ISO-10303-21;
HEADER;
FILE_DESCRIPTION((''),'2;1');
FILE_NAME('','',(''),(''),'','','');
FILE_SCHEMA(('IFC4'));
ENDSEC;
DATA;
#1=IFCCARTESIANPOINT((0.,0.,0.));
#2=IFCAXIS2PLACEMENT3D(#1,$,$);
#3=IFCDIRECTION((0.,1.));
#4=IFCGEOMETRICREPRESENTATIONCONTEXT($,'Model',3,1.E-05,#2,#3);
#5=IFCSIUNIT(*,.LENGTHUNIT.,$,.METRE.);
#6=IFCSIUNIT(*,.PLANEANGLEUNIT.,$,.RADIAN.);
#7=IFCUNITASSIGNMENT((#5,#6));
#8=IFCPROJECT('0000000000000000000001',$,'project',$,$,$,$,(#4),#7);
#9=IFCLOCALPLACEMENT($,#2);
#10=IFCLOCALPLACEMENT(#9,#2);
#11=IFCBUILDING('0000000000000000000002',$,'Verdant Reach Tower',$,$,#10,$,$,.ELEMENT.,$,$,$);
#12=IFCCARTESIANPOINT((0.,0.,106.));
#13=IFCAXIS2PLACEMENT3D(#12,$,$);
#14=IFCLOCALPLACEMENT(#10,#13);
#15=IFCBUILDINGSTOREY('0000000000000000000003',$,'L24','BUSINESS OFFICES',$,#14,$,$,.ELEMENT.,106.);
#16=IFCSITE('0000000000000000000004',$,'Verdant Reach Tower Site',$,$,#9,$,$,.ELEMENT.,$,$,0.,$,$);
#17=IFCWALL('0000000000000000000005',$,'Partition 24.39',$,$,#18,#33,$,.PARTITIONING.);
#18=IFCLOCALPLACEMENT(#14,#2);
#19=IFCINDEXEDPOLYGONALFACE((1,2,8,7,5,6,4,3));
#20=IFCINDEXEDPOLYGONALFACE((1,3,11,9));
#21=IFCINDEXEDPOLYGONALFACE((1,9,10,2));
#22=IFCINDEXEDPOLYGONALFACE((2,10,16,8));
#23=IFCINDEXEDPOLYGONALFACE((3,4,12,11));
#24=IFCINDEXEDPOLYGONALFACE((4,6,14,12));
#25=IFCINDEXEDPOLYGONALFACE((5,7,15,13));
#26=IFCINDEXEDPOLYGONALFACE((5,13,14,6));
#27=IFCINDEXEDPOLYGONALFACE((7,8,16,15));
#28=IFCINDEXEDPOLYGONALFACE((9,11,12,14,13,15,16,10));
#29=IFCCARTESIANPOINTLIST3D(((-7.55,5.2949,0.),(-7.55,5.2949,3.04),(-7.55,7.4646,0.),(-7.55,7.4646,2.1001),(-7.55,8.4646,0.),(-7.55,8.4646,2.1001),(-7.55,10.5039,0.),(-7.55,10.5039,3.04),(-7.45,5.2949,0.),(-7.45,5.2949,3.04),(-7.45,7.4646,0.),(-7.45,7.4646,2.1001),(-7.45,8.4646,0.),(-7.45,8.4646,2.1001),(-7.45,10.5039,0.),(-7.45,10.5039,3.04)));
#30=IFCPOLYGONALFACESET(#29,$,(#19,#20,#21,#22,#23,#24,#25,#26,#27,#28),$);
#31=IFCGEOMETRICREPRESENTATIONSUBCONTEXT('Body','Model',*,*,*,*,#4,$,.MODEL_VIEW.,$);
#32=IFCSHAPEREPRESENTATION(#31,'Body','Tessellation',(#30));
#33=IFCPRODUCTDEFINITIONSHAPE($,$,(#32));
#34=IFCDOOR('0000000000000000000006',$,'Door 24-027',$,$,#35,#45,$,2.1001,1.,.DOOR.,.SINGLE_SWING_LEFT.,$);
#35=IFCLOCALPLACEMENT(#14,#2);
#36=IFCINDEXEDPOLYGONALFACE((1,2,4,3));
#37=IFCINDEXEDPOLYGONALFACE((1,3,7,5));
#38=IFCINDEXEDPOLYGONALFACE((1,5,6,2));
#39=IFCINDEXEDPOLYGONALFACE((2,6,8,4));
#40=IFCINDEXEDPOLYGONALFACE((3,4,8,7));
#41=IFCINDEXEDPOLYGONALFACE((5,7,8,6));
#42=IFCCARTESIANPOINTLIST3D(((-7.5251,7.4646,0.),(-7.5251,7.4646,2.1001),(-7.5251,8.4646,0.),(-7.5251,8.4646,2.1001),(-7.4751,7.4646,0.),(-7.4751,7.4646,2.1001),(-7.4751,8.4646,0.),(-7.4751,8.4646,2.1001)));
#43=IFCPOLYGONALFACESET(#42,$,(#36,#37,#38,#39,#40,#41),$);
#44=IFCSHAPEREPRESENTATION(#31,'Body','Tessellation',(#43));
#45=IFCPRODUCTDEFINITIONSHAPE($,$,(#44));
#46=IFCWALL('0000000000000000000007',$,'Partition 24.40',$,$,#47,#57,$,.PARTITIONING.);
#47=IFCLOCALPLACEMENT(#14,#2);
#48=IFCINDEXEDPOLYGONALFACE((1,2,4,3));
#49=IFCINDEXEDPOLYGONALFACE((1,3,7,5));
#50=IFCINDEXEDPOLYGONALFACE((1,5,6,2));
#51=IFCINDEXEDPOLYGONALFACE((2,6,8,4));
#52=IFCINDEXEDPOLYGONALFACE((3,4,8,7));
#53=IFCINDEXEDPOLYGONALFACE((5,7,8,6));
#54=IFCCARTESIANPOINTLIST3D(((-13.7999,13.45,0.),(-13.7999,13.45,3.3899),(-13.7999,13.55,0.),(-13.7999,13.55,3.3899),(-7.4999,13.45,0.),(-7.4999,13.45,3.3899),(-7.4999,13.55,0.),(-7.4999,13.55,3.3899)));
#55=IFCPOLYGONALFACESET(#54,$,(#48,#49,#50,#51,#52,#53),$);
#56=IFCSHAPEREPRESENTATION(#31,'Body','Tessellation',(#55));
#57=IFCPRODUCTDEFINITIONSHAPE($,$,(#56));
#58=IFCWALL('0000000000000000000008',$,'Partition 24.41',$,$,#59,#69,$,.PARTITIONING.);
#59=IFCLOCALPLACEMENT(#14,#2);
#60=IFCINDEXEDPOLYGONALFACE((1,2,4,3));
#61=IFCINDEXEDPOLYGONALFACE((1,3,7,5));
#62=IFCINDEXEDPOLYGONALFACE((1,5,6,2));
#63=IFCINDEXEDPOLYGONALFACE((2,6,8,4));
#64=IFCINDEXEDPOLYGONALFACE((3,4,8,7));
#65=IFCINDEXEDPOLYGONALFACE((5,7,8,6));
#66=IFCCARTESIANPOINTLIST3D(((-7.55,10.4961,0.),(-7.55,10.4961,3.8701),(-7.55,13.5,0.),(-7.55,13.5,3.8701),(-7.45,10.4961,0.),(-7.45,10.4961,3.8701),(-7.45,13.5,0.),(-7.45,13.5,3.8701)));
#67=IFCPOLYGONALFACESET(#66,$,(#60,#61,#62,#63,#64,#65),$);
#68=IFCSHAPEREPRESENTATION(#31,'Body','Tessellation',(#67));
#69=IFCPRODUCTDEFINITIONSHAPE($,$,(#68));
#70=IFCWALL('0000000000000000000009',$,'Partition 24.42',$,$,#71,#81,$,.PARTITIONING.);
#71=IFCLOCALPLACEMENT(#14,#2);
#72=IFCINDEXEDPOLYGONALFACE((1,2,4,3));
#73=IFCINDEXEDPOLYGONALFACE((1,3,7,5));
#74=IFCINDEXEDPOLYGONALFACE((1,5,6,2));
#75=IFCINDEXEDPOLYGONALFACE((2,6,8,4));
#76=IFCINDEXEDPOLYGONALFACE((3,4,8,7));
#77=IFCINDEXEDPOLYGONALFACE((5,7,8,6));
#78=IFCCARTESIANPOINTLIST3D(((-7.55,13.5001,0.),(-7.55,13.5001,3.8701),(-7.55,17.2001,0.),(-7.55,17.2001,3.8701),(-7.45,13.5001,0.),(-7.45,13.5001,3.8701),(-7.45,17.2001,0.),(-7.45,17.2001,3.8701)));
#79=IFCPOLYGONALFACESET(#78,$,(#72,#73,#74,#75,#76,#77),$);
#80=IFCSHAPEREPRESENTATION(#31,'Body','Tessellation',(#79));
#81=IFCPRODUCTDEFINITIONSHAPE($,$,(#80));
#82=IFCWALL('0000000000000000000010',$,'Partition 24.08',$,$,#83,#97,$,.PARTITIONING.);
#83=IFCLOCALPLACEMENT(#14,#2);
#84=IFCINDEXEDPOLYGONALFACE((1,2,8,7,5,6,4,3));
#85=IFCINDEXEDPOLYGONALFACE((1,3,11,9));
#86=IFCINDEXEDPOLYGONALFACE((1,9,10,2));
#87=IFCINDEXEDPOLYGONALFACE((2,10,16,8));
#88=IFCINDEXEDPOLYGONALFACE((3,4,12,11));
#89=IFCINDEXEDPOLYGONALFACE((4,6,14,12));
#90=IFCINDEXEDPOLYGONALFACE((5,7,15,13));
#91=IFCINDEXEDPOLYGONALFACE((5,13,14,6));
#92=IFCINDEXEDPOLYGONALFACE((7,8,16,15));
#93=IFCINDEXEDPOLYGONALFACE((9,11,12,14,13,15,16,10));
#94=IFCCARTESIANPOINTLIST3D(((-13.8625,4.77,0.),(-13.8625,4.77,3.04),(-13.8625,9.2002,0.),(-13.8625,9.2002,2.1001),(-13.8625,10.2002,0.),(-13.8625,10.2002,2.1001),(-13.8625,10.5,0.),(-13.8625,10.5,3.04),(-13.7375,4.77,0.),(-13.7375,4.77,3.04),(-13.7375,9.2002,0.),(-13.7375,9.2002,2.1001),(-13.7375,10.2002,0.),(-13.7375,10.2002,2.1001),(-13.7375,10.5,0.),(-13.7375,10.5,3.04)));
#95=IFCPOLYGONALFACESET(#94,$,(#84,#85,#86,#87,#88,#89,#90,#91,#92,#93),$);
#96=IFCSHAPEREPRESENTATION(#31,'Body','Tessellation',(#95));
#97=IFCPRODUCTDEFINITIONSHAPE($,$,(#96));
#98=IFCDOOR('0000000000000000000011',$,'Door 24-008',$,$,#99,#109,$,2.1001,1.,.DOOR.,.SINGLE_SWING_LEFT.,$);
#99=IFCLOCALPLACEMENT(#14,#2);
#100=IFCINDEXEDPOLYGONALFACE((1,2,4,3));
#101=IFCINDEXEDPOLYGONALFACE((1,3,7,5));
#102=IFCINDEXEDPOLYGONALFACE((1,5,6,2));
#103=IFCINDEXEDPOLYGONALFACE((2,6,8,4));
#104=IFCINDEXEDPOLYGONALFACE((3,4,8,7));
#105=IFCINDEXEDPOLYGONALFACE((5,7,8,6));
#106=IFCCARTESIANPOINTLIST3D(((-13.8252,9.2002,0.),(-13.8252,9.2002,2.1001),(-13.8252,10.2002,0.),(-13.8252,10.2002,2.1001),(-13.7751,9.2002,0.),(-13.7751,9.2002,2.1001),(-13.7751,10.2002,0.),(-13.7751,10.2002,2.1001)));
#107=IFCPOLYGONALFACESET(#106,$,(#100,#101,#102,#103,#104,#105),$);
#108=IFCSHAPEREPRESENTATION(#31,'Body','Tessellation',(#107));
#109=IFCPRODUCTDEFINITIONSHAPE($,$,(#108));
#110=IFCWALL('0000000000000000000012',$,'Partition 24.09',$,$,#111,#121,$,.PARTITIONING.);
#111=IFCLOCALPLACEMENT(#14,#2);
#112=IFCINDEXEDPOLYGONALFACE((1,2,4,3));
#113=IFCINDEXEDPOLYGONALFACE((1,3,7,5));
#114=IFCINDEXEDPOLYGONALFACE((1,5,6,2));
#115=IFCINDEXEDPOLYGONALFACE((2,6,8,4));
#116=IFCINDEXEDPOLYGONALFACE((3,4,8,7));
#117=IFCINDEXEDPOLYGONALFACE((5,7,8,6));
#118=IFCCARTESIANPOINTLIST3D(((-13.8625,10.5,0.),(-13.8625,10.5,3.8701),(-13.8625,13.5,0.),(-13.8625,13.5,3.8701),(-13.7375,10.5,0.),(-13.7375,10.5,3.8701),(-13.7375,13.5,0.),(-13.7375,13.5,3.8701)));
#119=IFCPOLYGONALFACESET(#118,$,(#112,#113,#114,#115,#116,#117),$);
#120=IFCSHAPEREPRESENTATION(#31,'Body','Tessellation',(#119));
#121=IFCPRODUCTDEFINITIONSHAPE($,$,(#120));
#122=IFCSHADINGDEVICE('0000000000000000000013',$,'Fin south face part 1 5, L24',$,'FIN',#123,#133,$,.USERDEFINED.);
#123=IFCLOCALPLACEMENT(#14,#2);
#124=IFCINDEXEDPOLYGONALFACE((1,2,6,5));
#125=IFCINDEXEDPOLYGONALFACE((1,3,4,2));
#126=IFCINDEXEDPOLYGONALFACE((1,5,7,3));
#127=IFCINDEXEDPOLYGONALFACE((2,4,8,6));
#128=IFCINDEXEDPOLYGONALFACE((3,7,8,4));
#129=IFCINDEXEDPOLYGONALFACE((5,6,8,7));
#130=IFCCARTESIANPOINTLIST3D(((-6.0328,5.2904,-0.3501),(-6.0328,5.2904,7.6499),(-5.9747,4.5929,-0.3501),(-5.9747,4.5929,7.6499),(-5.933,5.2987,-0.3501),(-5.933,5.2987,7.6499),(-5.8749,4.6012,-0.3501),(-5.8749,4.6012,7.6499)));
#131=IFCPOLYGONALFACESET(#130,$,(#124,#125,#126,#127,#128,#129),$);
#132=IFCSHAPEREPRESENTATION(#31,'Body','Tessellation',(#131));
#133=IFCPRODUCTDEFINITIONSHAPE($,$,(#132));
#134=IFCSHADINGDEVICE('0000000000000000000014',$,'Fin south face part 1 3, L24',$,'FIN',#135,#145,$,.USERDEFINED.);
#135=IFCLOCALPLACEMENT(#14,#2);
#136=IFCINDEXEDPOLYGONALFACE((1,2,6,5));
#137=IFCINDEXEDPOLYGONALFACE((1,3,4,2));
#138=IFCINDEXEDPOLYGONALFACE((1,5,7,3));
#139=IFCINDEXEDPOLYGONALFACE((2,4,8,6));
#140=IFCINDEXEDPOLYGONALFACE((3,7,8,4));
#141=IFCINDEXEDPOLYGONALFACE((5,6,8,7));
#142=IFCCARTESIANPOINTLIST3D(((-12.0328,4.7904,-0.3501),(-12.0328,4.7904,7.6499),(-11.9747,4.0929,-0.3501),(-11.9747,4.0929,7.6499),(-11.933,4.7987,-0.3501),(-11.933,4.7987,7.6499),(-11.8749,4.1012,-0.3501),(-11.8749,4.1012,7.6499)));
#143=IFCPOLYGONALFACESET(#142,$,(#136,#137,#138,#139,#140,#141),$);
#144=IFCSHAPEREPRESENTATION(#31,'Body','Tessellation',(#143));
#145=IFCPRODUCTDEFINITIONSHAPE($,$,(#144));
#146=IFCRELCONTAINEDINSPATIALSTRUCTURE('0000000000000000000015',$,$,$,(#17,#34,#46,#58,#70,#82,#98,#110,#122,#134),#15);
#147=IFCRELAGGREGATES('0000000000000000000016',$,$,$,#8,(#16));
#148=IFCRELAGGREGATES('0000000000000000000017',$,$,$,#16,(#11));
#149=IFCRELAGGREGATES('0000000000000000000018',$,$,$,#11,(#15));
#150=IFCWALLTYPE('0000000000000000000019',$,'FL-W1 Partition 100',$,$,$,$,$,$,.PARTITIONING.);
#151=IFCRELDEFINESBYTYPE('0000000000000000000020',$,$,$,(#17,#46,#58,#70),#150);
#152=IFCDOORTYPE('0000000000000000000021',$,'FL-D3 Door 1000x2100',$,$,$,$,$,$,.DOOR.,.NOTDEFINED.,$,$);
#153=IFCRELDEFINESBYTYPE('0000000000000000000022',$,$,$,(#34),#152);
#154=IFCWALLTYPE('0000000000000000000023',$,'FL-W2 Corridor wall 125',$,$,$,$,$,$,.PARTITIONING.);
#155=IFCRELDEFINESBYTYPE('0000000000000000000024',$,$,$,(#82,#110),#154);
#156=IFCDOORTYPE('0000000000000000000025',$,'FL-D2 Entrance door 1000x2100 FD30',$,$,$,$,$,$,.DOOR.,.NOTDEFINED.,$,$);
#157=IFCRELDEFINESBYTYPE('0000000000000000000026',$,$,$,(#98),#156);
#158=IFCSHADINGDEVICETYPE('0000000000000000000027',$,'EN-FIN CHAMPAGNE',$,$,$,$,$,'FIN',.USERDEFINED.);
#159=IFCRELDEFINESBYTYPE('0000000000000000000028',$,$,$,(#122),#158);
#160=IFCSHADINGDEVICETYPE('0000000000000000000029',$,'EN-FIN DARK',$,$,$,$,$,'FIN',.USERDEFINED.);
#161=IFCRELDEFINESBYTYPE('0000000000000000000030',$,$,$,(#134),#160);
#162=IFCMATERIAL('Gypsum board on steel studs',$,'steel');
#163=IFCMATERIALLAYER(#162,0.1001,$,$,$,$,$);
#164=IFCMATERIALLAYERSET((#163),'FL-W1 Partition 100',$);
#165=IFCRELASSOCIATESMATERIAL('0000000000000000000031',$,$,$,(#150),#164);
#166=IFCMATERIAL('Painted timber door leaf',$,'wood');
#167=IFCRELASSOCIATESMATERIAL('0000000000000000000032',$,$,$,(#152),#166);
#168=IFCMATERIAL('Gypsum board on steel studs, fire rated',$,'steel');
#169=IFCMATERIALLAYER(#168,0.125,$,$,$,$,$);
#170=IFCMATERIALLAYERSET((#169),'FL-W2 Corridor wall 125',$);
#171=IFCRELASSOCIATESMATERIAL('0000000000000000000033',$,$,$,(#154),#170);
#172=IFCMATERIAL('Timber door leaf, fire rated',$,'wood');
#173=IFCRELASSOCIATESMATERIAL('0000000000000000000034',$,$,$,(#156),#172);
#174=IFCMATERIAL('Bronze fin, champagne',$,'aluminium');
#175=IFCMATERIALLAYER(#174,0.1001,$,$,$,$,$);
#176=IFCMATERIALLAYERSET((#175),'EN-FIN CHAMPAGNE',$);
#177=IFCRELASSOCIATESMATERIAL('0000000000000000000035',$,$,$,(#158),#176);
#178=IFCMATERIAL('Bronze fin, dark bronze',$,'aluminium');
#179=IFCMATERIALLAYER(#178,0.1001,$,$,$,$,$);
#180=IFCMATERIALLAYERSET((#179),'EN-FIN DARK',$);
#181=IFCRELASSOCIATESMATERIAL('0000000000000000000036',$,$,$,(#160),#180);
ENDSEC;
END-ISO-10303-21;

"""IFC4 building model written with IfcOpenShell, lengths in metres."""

from ifc_helpers import new_model, si_unit, direction, frame, frame_2d, origin, origin_2d, place, context, subcontext, project, spatial, rectangle, extrude, material, layer, layer_set, type_object, element, fill, save


model = new_model("IFC4")

# Units and contexts
model_context = context("Model", 3, precision=1e-05, world=origin(), true_north=direction((0.0, 1.0)))
body_context = subcontext(model_context, "Body", "Model", "MODEL_VIEW")
ifc_project = project(units=[si_unit("LENGTHUNIT", "METRE"), si_unit("PLANEANGLEUNIT", "RADIAN")], contexts=[model_context])

# Site, building, storey
site_placement = place(None, origin())
site = spatial("IfcSite", under=ifc_project, at=site_placement, Name="Verdant Reach Tower Site", CompositionType="ELEMENT", RefElevation=0.0)
building_placement = place(site_placement, origin())
building = spatial("IfcBuilding", under=site, at=building_placement, Name="Verdant Reach Tower", CompositionType="ELEMENT")
storey_placement = place(building_placement, frame((0.0, 0.0, 106.0)))
storey = spatial("IfcBuildingStorey", under=building, at=storey_placement, Name="L24", Description="BUSINESS OFFICES", CompositionType="ELEMENT", Elevation=106.0)

# Wall, opening, door
ifc_material_1 = material(Name="Gypsum board on steel studs", Category="steel")
ifc_layer_1 = layer(ifc_material_1, 0.1001)
ifc_layer_set_1 = layer_set([ifc_layer_1], Name="FL-W1 Partition 100")
wall_type_1 = type_object("IfcWallType", Name="FL-W1 Partition 100", PredefinedType="PARTITIONING", material=ifc_layer_set_1)
ifc_material_2 = material(Name="Painted timber door leaf", Category="wood")
door_type_1 = type_object("IfcDoorType", Name="FL-D3 Door 1000x2100", OperationType="NOTDEFINED", PredefinedType="DOOR", material=ifc_material_2)
wall_1_placement = place(storey_placement, frame((-7.5, 10.5039, 0.0), z_axis=(0.0, 0.0, 1.0), x_axis=(0.0, -1.0, 0.0)))
wall_1 = element("IfcWall", 1, at=wall_1_placement, inside=storey, type_object=wall_type_1, Name="Partition 24.39", PredefinedType="PARTITIONING", context=body_context, shape_type="SweptSolid", body=[
    extrude(rectangle(XDim=5.209, YDim=0.1001, at=frame_2d((2.6045, 0.0))), origin(), (0.0, 0.0, 1.0), 3.04),
])
opening_1_placement = place(wall_1_placement, frame((2.0393, 0.0, 0.0)))
opening_1 = element("IfcOpeningElement", 2, at=opening_1_placement, cuts=wall_1, PredefinedType="OPENING", context=body_context, shape_type="SweptSolid", body=[
    extrude(rectangle(XDim=1.0, YDim=2.1001, at=frame_2d((0.5, 1.05))), frame((0.0, 0.0601, 0.0), z_axis=(0.0, -1.0, 0.0), x_axis=(1.0, 0.0, 0.0)), (0.0, 0.0, 1.0), 0.1201),
])
door_1_placement = place(opening_1_placement, origin())
door_1 = element("IfcDoor", 3, at=door_1_placement, inside=storey, type_object=door_type_1, Name="Door 24-027", OperationType="SINGLE_SWING_LEFT", OverallHeight=2.1001, OverallWidth=1.0, PredefinedType="DOOR", context=body_context, shape_type="SweptSolid", body=[
    extrude(rectangle(XDim=1.0, YDim=2.1001, at=frame_2d((0.5, 1.05))), frame((0.0, 0.0249, 0.0), z_axis=(0.0, -1.0, 0.0), x_axis=(1.0, 0.0, 0.0)), (0.0, 0.0, 1.0), 0.05),
])
fill(opening_1, door_1)

# Walls
wall_2_placement = place(storey_placement, frame((-7.5, 13.5, 0.0), z_axis=(0.0, 0.0, 1.0), x_axis=(-1.0, 0.0, 0.0)))
element("IfcWall", 4, at=wall_2_placement, inside=storey, type_object=wall_type_1, Name="Partition 24.40", PredefinedType="PARTITIONING", context=body_context, shape_type="SweptSolid", body=[
    extrude(rectangle(XDim=6.3, YDim=0.1001, at=frame_2d((3.1499, 0.0))), origin(), (0.0, 0.0, 1.0), 3.3899),
])
wall_3_placement = place(storey_placement, frame((-7.5, 10.4961, 0.0), z_axis=(0.0, 0.0, 1.0), x_axis=(0.0, 1.0, 0.0)))
element("IfcWall", 5, at=wall_3_placement, inside=storey, type_object=wall_type_1, Name="Partition 24.41", PredefinedType="PARTITIONING", context=body_context, shape_type="SweptSolid", body=[
    extrude(rectangle(XDim=3.0039, YDim=0.1001, at=frame_2d((1.502, 0.0))), origin(), (0.0, 0.0, 1.0), 3.8701),
])
wall_4_placement = place(storey_placement, frame((-7.5, 13.5, 0.0), z_axis=(0.0, 0.0, 1.0), x_axis=(0.0, 1.0, 0.0)))
element("IfcWall", 6, at=wall_4_placement, inside=storey, type_object=wall_type_1, Name="Partition 24.42", PredefinedType="PARTITIONING", context=body_context, shape_type="SweptSolid", body=[
    extrude(rectangle(XDim=3.7, YDim=0.1001, at=frame_2d((1.8501, 0.0))), origin(), (0.0, 0.0, 1.0), 3.8701),
])

# Wall, opening, door
ifc_material_3 = material(Name="Gypsum board on steel studs, fire rated", Category="steel")
ifc_layer_2 = layer(ifc_material_3, 0.125)
ifc_layer_set_2 = layer_set([ifc_layer_2], Name="FL-W2 Corridor wall 125")
wall_type_2 = type_object("IfcWallType", Name="FL-W2 Corridor wall 125", PredefinedType="PARTITIONING", material=ifc_layer_set_2)
wall_5_placement = place(storey_placement, frame((-13.8, 10.5, 0.0), z_axis=(0.0, 0.0, 1.0), x_axis=(0.0, -1.0, 0.0)))
wall_5 = element("IfcWall", 7, at=wall_5_placement, inside=storey, type_object=wall_type_2, Name="Partition 24.08", PredefinedType="PARTITIONING", context=body_context, shape_type="SweptSolid", body=[
    extrude(rectangle(XDim=5.73, YDim=0.125, at=frame_2d((2.865, 0.0))), origin(), (0.0, 0.0, 1.0), 3.04),
])
opening_2_placement = place(wall_5_placement, frame((0.2998, 0.0, 0.0)))
opening_2 = element("IfcOpeningElement", 8, at=opening_2_placement, cuts=wall_5, PredefinedType="OPENING", context=body_context, shape_type="SweptSolid", body=[
    extrude(rectangle(XDim=1.0, YDim=2.1001, at=frame_2d((0.5, 1.05))), frame((0.0, 0.0725, 0.0), z_axis=(0.0, -1.0, 0.0), x_axis=(1.0, 0.0, 0.0)), (0.0, 0.0, 1.0), 0.145),
])
ifc_material_4 = material(Name="Timber door leaf, fire rated", Category="wood")
door_type_2 = type_object("IfcDoorType", Name="FL-D2 Entrance door 1000x2100 FD30", OperationType="NOTDEFINED", PredefinedType="DOOR", material=ifc_material_4)
door_2_placement = place(opening_2_placement, origin())
door_2 = element("IfcDoor", 9, at=door_2_placement, inside=storey, type_object=door_type_2, Name="Door 24-008", OperationType="SINGLE_SWING_LEFT", OverallHeight=2.1001, OverallWidth=1.0, PredefinedType="DOOR", context=body_context, shape_type="SweptSolid", body=[
    extrude(rectangle(XDim=1.0, YDim=2.1001, at=frame_2d((0.5, 1.05))), frame((0.0, 0.0249, 0.0), z_axis=(0.0, -1.0, 0.0), x_axis=(1.0, 0.0, 0.0)), (0.0, 0.0, 1.0), 0.05),
])
fill(opening_2, door_2)

# Wall
wall_6_placement = place(storey_placement, frame((-13.8, 10.5, 0.0), z_axis=(0.0, 0.0, 1.0), x_axis=(0.0, 1.0, 0.0)))
element("IfcWall", 10, at=wall_6_placement, inside=storey, type_object=wall_type_2, Name="Partition 24.09", PredefinedType="PARTITIONING", context=body_context, shape_type="SweptSolid", body=[
    extrude(rectangle(XDim=3.0, YDim=0.125, at=frame_2d((1.5, 0.0))), origin(), (0.0, 0.0, 1.0), 3.8701),
])

# Shading devices
ifc_material_5 = material(Name="Bronze fin, champagne", Category="aluminium")
ifc_layer_3 = layer(ifc_material_5, 0.1001)
ifc_layer_set_3 = layer_set([ifc_layer_3], Name="EN-FIN CHAMPAGNE")
shading_device_type_1 = type_object("IfcShadingDeviceType", Name="EN-FIN CHAMPAGNE", ElementType="FIN", PredefinedType="USERDEFINED", material=ifc_layer_set_3)
shading_device_1_placement = place(storey_placement, frame((-5.9539, 4.9458, -0.3501), z_axis=(0.0, 0.0, 1.0), x_axis=(0.996546, 0.083045, 0.0)))
element("IfcShadingDevice", 11, at=shading_device_1_placement, inside=storey, type_object=shading_device_type_1, Name="Fin south face part 1 5, L24", ObjectType="FIN", PredefinedType="USERDEFINED", context=body_context, shape_type="SweptSolid", body=[
    extrude(rectangle(XDim=0.1001, YDim=0.7, at=origin_2d()), origin(), (0.0, 0.0, 1.0), 8.0),
])
ifc_material_6 = material(Name="Bronze fin, dark bronze", Category="aluminium")
ifc_layer_4 = layer(ifc_material_6, 0.1001)
ifc_layer_set_4 = layer_set([ifc_layer_4], Name="EN-FIN DARK")
shading_device_type_2 = type_object("IfcShadingDeviceType", Name="EN-FIN DARK", ElementType="FIN", PredefinedType="USERDEFINED", material=ifc_layer_set_4)
shading_device_2_placement = place(storey_placement, frame((-11.9539, 4.4458, -0.3501), z_axis=(0.0, 0.0, 1.0), x_axis=(0.996546, 0.083045, 0.0)))
element("IfcShadingDevice", 12, at=shading_device_2_placement, inside=storey, type_object=shading_device_type_2, Name="Fin south face part 1 3, L24", ObjectType="FIN", PredefinedType="USERDEFINED", context=body_context, shape_type="SweptSolid", body=[
    extrude(rectangle(XDim=0.1001, YDim=0.7, at=origin_2d()), origin(), (0.0, 0.0, 1.0), 8.0),
])

save(model, "model.ifc")
